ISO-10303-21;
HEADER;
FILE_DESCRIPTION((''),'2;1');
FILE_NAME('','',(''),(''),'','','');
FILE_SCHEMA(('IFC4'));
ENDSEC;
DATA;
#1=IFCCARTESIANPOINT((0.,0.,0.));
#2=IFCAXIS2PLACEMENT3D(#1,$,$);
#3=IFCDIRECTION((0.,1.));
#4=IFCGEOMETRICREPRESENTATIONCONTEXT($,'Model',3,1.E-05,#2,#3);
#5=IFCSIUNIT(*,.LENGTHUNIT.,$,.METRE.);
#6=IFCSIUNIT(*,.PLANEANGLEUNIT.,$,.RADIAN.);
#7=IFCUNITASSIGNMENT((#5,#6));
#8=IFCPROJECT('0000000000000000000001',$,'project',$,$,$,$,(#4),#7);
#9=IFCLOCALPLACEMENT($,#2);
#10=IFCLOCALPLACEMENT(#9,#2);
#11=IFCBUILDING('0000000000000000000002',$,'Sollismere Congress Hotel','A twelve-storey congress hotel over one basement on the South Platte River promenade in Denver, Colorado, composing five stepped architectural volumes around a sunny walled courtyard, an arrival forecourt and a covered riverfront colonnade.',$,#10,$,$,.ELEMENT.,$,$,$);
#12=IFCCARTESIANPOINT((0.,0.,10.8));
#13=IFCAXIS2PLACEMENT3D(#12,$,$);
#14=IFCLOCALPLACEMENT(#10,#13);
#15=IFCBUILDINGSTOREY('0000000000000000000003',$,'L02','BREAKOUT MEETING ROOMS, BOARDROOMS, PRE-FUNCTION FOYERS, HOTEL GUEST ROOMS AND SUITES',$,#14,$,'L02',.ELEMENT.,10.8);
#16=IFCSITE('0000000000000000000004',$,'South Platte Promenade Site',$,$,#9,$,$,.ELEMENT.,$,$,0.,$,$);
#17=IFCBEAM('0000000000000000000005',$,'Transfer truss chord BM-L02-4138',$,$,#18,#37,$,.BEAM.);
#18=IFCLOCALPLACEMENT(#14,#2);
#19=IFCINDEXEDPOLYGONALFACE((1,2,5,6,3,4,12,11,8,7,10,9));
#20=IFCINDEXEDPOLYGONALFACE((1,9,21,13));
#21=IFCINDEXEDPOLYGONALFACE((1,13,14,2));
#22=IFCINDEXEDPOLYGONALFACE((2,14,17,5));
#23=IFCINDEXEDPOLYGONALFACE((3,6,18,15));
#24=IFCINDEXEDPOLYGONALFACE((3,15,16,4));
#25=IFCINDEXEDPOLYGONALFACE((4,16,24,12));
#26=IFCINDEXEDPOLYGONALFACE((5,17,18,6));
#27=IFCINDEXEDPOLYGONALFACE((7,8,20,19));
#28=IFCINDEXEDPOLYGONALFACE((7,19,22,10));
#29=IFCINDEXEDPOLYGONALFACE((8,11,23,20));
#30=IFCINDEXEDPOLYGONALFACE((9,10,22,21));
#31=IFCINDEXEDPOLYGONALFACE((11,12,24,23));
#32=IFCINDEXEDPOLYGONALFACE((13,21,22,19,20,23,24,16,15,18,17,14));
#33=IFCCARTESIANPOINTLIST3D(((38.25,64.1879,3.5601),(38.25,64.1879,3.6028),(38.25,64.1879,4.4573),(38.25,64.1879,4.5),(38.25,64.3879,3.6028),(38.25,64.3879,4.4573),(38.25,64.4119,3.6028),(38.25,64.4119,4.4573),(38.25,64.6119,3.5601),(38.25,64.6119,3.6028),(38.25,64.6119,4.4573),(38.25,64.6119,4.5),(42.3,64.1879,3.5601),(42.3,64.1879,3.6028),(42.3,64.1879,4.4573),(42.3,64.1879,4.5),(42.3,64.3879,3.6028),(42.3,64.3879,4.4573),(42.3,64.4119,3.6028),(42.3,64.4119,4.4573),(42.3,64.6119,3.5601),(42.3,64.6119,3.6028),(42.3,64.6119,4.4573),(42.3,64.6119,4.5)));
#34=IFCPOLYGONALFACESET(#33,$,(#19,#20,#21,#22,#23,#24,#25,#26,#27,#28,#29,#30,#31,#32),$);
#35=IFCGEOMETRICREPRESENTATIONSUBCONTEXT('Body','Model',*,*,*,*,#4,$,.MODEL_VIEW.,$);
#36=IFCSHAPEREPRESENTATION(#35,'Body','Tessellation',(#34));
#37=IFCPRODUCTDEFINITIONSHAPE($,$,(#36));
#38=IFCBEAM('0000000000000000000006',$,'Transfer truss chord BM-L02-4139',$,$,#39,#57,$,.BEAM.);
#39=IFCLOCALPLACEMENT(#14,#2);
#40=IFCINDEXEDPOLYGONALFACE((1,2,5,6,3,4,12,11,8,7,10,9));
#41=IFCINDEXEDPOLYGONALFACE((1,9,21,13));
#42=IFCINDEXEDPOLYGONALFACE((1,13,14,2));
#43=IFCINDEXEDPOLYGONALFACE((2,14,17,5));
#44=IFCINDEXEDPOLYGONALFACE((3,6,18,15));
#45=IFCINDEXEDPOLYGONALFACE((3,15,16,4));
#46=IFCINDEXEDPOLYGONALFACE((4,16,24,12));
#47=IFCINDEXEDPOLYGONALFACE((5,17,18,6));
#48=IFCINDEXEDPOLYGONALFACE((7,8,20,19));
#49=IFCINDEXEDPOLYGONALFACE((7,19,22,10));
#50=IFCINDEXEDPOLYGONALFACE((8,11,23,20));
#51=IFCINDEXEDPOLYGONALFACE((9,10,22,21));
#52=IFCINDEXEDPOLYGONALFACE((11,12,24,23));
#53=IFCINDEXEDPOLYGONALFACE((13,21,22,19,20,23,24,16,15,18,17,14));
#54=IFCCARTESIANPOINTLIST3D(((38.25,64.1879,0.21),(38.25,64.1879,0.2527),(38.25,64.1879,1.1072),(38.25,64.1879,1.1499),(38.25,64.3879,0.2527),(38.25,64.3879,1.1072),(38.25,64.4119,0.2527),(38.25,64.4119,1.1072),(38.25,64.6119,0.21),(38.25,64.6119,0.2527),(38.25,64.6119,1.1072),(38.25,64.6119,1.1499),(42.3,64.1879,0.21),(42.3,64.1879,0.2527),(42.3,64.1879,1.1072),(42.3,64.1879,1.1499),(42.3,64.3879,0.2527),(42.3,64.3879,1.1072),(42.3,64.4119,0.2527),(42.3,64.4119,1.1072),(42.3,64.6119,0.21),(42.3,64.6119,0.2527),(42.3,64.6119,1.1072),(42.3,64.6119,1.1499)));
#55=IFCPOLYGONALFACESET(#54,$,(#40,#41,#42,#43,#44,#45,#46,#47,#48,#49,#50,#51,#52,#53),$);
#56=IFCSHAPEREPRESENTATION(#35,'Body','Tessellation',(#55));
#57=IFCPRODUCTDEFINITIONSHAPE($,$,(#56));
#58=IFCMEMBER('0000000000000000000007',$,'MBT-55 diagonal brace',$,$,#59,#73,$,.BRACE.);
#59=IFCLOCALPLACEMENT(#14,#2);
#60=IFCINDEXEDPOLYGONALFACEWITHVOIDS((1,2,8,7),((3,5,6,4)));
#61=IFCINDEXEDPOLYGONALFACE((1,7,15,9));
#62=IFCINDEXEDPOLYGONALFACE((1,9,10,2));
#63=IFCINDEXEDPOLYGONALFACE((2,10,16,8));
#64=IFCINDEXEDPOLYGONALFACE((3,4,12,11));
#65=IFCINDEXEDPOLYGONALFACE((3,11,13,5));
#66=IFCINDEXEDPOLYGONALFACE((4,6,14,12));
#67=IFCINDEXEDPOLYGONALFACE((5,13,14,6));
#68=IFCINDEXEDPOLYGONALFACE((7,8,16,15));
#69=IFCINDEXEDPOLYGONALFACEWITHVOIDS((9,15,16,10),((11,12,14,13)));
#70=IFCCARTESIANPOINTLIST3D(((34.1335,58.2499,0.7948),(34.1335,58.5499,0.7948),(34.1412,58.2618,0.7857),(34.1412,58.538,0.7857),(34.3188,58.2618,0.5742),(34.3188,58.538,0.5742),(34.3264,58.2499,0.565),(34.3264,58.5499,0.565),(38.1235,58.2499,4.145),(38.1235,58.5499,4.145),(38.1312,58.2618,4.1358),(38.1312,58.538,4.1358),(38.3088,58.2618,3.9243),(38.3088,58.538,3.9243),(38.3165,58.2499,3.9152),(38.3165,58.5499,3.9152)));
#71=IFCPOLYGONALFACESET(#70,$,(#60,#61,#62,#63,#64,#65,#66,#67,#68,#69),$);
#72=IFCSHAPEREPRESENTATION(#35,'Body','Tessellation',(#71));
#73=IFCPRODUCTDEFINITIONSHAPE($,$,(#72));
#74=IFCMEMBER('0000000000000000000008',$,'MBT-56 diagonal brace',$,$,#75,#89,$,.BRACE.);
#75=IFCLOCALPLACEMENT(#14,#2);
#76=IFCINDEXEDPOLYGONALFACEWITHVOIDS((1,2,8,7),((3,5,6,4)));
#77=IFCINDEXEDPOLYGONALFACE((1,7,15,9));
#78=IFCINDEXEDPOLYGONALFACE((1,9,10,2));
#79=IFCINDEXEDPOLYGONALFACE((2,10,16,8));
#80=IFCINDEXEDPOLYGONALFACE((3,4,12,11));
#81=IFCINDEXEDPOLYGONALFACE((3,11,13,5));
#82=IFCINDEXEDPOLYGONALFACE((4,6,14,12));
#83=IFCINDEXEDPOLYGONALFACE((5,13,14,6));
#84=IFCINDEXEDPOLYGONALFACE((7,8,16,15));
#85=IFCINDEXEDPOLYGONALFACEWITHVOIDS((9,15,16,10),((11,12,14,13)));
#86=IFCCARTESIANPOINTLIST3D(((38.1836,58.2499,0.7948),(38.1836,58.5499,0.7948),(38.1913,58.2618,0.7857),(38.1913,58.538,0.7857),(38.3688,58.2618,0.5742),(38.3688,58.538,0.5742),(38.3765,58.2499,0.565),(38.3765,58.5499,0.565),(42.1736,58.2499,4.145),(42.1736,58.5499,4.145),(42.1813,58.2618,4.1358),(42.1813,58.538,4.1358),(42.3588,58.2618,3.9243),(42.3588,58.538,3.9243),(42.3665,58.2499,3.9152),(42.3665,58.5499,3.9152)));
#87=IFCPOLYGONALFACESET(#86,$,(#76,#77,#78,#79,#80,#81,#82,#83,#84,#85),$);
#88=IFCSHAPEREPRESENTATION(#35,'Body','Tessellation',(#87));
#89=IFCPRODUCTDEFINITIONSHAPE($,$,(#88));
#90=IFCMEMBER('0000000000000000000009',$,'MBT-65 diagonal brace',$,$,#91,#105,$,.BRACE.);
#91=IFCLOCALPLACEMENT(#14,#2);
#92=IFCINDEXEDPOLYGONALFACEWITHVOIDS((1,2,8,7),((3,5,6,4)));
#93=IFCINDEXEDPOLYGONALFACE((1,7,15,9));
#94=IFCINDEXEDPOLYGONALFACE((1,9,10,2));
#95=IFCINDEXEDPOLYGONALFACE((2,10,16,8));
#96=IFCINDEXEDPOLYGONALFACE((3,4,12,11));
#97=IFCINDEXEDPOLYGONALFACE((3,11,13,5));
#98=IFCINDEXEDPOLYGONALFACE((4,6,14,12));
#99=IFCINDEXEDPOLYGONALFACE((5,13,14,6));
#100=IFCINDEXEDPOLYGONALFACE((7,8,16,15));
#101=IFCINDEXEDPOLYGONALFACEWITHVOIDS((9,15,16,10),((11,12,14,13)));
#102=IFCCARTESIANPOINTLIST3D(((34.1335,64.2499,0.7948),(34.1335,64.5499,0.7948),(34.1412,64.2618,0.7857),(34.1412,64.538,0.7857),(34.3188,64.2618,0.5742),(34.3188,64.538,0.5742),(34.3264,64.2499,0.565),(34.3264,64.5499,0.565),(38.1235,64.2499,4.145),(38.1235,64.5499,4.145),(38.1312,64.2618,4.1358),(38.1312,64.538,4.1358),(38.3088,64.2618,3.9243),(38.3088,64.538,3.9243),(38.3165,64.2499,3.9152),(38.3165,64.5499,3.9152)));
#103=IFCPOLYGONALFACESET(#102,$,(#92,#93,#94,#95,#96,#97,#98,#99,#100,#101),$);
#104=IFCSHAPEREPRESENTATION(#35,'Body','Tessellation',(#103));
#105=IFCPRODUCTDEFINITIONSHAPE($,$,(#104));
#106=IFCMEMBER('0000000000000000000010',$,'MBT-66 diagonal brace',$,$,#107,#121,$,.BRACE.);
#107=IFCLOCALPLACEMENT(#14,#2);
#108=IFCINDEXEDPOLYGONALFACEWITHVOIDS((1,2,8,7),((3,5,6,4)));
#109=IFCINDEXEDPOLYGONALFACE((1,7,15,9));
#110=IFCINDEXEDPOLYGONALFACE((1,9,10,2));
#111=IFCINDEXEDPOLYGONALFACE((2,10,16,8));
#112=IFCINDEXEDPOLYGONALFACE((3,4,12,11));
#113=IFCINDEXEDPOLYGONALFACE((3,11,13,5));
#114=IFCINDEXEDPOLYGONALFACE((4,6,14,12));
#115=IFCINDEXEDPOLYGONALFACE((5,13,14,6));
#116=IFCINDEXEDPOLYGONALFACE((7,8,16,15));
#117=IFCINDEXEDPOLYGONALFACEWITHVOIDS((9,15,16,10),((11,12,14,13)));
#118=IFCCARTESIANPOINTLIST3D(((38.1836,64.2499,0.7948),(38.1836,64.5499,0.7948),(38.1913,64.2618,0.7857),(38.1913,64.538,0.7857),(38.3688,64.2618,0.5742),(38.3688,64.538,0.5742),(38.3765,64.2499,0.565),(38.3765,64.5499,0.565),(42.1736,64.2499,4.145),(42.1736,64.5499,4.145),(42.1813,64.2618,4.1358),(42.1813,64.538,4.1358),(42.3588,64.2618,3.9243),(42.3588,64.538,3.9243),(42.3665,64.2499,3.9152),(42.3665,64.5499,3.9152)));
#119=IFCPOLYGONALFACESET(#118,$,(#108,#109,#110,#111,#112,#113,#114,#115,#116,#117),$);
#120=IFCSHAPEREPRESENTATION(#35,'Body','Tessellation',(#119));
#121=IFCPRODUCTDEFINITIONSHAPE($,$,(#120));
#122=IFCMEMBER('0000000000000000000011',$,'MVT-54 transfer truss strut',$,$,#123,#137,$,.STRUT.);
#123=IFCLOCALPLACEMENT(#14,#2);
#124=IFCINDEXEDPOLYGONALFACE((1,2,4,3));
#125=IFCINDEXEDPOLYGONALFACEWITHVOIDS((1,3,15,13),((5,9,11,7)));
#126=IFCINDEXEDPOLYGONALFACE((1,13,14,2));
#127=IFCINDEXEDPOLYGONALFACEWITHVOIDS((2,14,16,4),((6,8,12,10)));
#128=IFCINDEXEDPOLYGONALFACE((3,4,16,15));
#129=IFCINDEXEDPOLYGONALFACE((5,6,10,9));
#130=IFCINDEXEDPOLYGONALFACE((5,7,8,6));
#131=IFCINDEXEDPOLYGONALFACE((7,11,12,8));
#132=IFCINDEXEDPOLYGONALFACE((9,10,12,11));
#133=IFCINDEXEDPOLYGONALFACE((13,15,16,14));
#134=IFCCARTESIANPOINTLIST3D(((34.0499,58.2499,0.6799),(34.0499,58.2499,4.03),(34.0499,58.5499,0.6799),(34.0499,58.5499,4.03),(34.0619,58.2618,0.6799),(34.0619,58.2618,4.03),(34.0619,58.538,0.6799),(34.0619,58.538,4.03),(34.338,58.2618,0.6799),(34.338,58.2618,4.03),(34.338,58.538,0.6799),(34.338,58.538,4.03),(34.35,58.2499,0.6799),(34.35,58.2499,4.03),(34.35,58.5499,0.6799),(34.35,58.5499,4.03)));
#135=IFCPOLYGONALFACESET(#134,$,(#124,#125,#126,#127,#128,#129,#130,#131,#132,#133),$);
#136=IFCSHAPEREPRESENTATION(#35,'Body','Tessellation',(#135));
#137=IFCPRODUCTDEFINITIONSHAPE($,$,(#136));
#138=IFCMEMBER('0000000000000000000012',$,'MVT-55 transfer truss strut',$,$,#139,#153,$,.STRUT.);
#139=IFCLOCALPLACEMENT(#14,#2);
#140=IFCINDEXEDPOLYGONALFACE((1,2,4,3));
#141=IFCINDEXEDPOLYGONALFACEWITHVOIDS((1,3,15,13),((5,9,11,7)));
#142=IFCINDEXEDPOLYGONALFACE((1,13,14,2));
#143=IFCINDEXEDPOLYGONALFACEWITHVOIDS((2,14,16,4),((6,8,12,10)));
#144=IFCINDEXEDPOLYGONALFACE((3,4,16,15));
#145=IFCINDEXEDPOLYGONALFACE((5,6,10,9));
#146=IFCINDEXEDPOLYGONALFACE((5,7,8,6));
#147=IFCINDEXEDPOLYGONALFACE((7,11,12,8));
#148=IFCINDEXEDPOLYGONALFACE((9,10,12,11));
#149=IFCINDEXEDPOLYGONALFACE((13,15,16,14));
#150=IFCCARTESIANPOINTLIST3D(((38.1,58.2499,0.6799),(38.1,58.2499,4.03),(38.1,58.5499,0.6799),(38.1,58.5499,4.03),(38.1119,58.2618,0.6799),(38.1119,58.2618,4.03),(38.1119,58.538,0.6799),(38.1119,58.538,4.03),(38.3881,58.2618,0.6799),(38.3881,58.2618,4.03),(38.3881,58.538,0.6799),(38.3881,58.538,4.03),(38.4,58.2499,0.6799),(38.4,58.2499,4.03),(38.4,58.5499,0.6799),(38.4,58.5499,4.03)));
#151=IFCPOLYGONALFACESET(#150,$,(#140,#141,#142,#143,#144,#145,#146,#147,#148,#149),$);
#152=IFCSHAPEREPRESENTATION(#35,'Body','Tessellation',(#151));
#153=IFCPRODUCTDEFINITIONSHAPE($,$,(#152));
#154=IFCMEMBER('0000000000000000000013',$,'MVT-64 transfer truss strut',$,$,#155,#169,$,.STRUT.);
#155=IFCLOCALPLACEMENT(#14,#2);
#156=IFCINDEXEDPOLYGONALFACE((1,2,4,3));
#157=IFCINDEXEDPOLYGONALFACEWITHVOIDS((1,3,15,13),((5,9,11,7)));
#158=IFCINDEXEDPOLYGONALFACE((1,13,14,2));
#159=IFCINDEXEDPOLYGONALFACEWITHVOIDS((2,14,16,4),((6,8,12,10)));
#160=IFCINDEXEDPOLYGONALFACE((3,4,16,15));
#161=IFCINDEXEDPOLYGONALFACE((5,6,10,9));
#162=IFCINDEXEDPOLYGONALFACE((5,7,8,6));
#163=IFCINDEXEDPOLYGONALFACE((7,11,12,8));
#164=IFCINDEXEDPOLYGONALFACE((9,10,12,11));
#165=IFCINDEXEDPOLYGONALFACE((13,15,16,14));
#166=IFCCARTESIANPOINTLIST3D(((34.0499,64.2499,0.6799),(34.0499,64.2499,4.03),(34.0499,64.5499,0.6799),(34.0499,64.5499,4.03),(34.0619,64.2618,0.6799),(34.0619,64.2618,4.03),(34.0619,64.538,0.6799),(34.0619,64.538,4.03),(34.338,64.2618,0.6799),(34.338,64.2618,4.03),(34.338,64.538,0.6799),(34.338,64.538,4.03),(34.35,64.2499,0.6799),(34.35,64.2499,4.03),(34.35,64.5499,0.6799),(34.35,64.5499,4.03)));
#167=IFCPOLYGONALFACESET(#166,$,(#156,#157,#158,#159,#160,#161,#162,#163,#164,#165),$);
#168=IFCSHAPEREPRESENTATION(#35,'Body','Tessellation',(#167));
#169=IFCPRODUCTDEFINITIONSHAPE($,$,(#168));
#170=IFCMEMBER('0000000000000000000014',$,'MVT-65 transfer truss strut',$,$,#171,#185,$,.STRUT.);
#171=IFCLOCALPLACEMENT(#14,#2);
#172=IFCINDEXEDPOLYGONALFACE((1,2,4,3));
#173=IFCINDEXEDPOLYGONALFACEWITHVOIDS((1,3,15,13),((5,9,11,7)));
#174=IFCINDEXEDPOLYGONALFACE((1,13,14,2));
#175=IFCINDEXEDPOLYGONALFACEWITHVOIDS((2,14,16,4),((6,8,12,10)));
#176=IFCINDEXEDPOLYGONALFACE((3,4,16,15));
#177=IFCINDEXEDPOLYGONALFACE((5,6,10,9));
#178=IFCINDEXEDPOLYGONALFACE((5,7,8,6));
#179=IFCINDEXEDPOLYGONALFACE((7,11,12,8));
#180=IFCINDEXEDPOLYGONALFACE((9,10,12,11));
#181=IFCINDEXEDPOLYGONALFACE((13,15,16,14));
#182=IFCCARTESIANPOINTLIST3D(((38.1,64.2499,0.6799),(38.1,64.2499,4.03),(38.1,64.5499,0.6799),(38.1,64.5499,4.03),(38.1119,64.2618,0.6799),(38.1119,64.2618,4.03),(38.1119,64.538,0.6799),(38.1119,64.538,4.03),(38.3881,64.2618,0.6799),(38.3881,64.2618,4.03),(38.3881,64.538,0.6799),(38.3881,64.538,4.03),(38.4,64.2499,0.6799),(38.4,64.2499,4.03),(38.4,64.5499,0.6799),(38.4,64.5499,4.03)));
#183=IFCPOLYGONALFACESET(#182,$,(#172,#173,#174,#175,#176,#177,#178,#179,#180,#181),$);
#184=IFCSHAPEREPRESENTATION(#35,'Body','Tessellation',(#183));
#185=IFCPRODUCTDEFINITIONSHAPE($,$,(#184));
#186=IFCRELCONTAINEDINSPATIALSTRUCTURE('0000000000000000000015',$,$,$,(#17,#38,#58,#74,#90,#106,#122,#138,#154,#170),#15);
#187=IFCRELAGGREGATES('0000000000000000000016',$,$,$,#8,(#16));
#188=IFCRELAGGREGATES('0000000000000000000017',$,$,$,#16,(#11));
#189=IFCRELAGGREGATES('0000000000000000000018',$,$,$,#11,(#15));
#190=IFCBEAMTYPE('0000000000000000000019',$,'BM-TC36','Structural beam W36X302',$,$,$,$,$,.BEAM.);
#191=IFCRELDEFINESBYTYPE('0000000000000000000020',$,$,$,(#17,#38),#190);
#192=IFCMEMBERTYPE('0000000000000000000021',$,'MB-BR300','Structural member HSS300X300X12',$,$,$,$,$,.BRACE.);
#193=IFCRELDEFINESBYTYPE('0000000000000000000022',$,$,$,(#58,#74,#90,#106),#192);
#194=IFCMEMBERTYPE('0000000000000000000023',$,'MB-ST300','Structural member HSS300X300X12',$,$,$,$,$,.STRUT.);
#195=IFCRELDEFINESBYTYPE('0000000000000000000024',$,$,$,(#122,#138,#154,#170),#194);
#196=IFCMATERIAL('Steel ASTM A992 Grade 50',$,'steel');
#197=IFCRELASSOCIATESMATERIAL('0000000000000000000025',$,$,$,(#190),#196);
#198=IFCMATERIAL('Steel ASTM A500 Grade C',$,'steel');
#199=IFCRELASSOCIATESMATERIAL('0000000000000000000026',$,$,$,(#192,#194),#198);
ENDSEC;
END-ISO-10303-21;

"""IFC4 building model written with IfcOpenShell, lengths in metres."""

from ifc_helpers import new_model, si_unit, direction, frame, origin, origin_2d, place, context, subcontext, project, spatial, hollow_rectangle, i_section, extrude, material, material_profile, profile_set, type_object, element, save


model = new_model("IFC4")

# Units and contexts
model_context = context("Model", 3, precision=1e-05, world=origin(), true_north=direction((0.0, 1.0)))
body_context = subcontext(model_context, "Body", "Model", "MODEL_VIEW")
ifc_project = project(units=[si_unit("LENGTHUNIT", "METRE"), si_unit("PLANEANGLEUNIT", "RADIAN")], contexts=[model_context])

# Site, building, storey
site_placement = place(None, origin())
site = spatial("IfcSite", under=ifc_project, at=site_placement, Name="South Platte Promenade Site", CompositionType="ELEMENT", RefElevation=0.0)
building_placement = place(site_placement, origin())
building = spatial("IfcBuilding", under=site, at=building_placement, Name="Sollismere Congress Hotel", Description="A twelve-storey congress hotel over one basement on the South Platte River promenade in Denver, Colorado, composing five stepped architectural volumes around a sunny walled courtyard, an arrival forecourt and a covered riverfront colonnade.", CompositionType="ELEMENT")
storey_placement = place(building_placement, frame((0.0, 0.0, 10.8)))
storey = spatial("IfcBuildingStorey", under=building, at=storey_placement, Name="L02", Description="BREAKOUT MEETING ROOMS, BOARDROOMS, PRE-FUNCTION FOYERS, HOTEL GUEST ROOMS AND SUITES", LongName="L02", CompositionType="ELEMENT", Elevation=10.8)

# Shared definitions
ifc_material_1 = material(Name="Steel ASTM A500 Grade C", Category="steel")

# Beams
ifc_material_2 = material(Name="Steel ASTM A992 Grade 50", Category="steel")
ifc_material_profile_1 = material_profile(ifc_material_2, i_section(OverallWidth=0.4241, OverallDepth=0.9399, WebThickness=0.0239, FlangeThickness=0.0427, at=origin_2d()), Name="W36X302")
ifc_profile_set_1 = profile_set([ifc_material_profile_1], Name="Steel ASTM A992 Grade 50")
beam_type_1 = type_object("IfcBeamType", Name="BM-TC36", Description="Structural beam W36X302", PredefinedType="BEAM", material=ifc_profile_set_1)
for number, where, z_axis, x_axis, name in (
    (1, (38.25, 64.3999, 4.03), (1.0, 0.0, 0.0), (0.0, 1.0, 0.0), "Transfer truss chord BM-L02-4138"),
    (2, (38.25, 64.3999, 0.6799), (1.0, 0.0, 0.0), (0.0, 1.0, 0.0), "Transfer truss chord BM-L02-4139"),
):
    element("IfcBeam", number, at=place(storey_placement, frame(where, z_axis=z_axis, x_axis=x_axis)), inside=storey, type_object=beam_type_1, Name=name, PredefinedType="BEAM", context=body_context, shape_type="SweptSolid", body=[
        extrude(i_section(OverallWidth=0.4241, OverallDepth=0.9399, WebThickness=0.0239, FlangeThickness=0.0427, at=origin_2d()), origin(), (0.0, 0.0, 1.0), 4.05),
    ])

# Members
ifc_material_profile_2 = material_profile(ifc_material_1, hollow_rectangle(XDim=0.3, YDim=0.3, WallThickness=0.012, at=origin_2d()), Name="HSS300X300X12")
ifc_profile_set_2 = profile_set([ifc_material_profile_2], Name="Steel ASTM A500 Grade C")
member_type_1 = type_object("IfcMemberType", Name="MB-BR300", Description="Structural member HSS300X300X12", PredefinedType="BRACE", material=ifc_profile_set_2)
for number, where, z_axis, x_axis, name in (
    (3, (34.23, 58.3999, 0.6799), (0.765846, 0.0, 0.643024), (0.0, 1.0, 0.0), "MBT-55 diagonal brace"),
    (4, (38.28, 58.3999, 0.6799), (0.765846, 0.0, 0.643024), (0.0, 1.0, 0.0), "MBT-56 diagonal brace"),
    (5, (34.23, 64.3999, 0.6799), (0.765846, 0.0, 0.643024), (0.0, 1.0, 0.0), "MBT-65 diagonal brace"),
    (6, (38.28, 64.3999, 0.6799), (0.765846, 0.0, 0.643024), (0.0, 1.0, 0.0), "MBT-66 diagonal brace"),
):
    element("IfcMember", number, at=place(storey_placement, frame(where, z_axis=z_axis, x_axis=x_axis)), inside=storey, type_object=member_type_1, Name=name, PredefinedType="BRACE", context=body_context, shape_type="SweptSolid", body=[
        extrude(hollow_rectangle(XDim=0.3, YDim=0.3, WallThickness=0.012, at=origin_2d()), origin(), (0.0, 0.0, 1.0), 5.21),
    ])
ifc_material_profile_3 = material_profile(ifc_material_1, hollow_rectangle(XDim=0.3, YDim=0.3, WallThickness=0.012, at=origin_2d()), Name="HSS300X300X12")
ifc_profile_set_3 = profile_set([ifc_material_profile_3], Name="Steel ASTM A500 Grade C")
member_type_2 = type_object("IfcMemberType", Name="MB-ST300", Description="Structural member HSS300X300X12", PredefinedType="STRUT", material=ifc_profile_set_3)
for number, where, z_axis, x_axis, name in (
    (7, (34.2, 58.3999, 0.6799), (0.0, 0.0, 1.0), (1.0, 0.0, 0.0), "MVT-54 transfer truss strut"),
    (8, (38.25, 58.3999, 0.6799), (0.0, 0.0, 1.0), (1.0, 0.0, 0.0), "MVT-55 transfer truss strut"),
    (9, (34.2, 64.3999, 0.6799), (0.0, 0.0, 1.0), (1.0, 0.0, 0.0), "MVT-64 transfer truss strut"),
    (10, (38.25, 64.3999, 0.6799), (0.0, 0.0, 1.0), (1.0, 0.0, 0.0), "MVT-65 transfer truss strut"),
):
    element("IfcMember", number, at=place(storey_placement, frame(where, z_axis=z_axis, x_axis=x_axis)), inside=storey, type_object=member_type_2, Name=name, PredefinedType="STRUT", context=body_context, shape_type="SweptSolid", body=[
        extrude(hollow_rectangle(XDim=0.3, YDim=0.3, WallThickness=0.012, at=origin_2d()), origin(), (0.0, 0.0, 1.0), 3.3501),
    ])

save(model, "model.ifc")
